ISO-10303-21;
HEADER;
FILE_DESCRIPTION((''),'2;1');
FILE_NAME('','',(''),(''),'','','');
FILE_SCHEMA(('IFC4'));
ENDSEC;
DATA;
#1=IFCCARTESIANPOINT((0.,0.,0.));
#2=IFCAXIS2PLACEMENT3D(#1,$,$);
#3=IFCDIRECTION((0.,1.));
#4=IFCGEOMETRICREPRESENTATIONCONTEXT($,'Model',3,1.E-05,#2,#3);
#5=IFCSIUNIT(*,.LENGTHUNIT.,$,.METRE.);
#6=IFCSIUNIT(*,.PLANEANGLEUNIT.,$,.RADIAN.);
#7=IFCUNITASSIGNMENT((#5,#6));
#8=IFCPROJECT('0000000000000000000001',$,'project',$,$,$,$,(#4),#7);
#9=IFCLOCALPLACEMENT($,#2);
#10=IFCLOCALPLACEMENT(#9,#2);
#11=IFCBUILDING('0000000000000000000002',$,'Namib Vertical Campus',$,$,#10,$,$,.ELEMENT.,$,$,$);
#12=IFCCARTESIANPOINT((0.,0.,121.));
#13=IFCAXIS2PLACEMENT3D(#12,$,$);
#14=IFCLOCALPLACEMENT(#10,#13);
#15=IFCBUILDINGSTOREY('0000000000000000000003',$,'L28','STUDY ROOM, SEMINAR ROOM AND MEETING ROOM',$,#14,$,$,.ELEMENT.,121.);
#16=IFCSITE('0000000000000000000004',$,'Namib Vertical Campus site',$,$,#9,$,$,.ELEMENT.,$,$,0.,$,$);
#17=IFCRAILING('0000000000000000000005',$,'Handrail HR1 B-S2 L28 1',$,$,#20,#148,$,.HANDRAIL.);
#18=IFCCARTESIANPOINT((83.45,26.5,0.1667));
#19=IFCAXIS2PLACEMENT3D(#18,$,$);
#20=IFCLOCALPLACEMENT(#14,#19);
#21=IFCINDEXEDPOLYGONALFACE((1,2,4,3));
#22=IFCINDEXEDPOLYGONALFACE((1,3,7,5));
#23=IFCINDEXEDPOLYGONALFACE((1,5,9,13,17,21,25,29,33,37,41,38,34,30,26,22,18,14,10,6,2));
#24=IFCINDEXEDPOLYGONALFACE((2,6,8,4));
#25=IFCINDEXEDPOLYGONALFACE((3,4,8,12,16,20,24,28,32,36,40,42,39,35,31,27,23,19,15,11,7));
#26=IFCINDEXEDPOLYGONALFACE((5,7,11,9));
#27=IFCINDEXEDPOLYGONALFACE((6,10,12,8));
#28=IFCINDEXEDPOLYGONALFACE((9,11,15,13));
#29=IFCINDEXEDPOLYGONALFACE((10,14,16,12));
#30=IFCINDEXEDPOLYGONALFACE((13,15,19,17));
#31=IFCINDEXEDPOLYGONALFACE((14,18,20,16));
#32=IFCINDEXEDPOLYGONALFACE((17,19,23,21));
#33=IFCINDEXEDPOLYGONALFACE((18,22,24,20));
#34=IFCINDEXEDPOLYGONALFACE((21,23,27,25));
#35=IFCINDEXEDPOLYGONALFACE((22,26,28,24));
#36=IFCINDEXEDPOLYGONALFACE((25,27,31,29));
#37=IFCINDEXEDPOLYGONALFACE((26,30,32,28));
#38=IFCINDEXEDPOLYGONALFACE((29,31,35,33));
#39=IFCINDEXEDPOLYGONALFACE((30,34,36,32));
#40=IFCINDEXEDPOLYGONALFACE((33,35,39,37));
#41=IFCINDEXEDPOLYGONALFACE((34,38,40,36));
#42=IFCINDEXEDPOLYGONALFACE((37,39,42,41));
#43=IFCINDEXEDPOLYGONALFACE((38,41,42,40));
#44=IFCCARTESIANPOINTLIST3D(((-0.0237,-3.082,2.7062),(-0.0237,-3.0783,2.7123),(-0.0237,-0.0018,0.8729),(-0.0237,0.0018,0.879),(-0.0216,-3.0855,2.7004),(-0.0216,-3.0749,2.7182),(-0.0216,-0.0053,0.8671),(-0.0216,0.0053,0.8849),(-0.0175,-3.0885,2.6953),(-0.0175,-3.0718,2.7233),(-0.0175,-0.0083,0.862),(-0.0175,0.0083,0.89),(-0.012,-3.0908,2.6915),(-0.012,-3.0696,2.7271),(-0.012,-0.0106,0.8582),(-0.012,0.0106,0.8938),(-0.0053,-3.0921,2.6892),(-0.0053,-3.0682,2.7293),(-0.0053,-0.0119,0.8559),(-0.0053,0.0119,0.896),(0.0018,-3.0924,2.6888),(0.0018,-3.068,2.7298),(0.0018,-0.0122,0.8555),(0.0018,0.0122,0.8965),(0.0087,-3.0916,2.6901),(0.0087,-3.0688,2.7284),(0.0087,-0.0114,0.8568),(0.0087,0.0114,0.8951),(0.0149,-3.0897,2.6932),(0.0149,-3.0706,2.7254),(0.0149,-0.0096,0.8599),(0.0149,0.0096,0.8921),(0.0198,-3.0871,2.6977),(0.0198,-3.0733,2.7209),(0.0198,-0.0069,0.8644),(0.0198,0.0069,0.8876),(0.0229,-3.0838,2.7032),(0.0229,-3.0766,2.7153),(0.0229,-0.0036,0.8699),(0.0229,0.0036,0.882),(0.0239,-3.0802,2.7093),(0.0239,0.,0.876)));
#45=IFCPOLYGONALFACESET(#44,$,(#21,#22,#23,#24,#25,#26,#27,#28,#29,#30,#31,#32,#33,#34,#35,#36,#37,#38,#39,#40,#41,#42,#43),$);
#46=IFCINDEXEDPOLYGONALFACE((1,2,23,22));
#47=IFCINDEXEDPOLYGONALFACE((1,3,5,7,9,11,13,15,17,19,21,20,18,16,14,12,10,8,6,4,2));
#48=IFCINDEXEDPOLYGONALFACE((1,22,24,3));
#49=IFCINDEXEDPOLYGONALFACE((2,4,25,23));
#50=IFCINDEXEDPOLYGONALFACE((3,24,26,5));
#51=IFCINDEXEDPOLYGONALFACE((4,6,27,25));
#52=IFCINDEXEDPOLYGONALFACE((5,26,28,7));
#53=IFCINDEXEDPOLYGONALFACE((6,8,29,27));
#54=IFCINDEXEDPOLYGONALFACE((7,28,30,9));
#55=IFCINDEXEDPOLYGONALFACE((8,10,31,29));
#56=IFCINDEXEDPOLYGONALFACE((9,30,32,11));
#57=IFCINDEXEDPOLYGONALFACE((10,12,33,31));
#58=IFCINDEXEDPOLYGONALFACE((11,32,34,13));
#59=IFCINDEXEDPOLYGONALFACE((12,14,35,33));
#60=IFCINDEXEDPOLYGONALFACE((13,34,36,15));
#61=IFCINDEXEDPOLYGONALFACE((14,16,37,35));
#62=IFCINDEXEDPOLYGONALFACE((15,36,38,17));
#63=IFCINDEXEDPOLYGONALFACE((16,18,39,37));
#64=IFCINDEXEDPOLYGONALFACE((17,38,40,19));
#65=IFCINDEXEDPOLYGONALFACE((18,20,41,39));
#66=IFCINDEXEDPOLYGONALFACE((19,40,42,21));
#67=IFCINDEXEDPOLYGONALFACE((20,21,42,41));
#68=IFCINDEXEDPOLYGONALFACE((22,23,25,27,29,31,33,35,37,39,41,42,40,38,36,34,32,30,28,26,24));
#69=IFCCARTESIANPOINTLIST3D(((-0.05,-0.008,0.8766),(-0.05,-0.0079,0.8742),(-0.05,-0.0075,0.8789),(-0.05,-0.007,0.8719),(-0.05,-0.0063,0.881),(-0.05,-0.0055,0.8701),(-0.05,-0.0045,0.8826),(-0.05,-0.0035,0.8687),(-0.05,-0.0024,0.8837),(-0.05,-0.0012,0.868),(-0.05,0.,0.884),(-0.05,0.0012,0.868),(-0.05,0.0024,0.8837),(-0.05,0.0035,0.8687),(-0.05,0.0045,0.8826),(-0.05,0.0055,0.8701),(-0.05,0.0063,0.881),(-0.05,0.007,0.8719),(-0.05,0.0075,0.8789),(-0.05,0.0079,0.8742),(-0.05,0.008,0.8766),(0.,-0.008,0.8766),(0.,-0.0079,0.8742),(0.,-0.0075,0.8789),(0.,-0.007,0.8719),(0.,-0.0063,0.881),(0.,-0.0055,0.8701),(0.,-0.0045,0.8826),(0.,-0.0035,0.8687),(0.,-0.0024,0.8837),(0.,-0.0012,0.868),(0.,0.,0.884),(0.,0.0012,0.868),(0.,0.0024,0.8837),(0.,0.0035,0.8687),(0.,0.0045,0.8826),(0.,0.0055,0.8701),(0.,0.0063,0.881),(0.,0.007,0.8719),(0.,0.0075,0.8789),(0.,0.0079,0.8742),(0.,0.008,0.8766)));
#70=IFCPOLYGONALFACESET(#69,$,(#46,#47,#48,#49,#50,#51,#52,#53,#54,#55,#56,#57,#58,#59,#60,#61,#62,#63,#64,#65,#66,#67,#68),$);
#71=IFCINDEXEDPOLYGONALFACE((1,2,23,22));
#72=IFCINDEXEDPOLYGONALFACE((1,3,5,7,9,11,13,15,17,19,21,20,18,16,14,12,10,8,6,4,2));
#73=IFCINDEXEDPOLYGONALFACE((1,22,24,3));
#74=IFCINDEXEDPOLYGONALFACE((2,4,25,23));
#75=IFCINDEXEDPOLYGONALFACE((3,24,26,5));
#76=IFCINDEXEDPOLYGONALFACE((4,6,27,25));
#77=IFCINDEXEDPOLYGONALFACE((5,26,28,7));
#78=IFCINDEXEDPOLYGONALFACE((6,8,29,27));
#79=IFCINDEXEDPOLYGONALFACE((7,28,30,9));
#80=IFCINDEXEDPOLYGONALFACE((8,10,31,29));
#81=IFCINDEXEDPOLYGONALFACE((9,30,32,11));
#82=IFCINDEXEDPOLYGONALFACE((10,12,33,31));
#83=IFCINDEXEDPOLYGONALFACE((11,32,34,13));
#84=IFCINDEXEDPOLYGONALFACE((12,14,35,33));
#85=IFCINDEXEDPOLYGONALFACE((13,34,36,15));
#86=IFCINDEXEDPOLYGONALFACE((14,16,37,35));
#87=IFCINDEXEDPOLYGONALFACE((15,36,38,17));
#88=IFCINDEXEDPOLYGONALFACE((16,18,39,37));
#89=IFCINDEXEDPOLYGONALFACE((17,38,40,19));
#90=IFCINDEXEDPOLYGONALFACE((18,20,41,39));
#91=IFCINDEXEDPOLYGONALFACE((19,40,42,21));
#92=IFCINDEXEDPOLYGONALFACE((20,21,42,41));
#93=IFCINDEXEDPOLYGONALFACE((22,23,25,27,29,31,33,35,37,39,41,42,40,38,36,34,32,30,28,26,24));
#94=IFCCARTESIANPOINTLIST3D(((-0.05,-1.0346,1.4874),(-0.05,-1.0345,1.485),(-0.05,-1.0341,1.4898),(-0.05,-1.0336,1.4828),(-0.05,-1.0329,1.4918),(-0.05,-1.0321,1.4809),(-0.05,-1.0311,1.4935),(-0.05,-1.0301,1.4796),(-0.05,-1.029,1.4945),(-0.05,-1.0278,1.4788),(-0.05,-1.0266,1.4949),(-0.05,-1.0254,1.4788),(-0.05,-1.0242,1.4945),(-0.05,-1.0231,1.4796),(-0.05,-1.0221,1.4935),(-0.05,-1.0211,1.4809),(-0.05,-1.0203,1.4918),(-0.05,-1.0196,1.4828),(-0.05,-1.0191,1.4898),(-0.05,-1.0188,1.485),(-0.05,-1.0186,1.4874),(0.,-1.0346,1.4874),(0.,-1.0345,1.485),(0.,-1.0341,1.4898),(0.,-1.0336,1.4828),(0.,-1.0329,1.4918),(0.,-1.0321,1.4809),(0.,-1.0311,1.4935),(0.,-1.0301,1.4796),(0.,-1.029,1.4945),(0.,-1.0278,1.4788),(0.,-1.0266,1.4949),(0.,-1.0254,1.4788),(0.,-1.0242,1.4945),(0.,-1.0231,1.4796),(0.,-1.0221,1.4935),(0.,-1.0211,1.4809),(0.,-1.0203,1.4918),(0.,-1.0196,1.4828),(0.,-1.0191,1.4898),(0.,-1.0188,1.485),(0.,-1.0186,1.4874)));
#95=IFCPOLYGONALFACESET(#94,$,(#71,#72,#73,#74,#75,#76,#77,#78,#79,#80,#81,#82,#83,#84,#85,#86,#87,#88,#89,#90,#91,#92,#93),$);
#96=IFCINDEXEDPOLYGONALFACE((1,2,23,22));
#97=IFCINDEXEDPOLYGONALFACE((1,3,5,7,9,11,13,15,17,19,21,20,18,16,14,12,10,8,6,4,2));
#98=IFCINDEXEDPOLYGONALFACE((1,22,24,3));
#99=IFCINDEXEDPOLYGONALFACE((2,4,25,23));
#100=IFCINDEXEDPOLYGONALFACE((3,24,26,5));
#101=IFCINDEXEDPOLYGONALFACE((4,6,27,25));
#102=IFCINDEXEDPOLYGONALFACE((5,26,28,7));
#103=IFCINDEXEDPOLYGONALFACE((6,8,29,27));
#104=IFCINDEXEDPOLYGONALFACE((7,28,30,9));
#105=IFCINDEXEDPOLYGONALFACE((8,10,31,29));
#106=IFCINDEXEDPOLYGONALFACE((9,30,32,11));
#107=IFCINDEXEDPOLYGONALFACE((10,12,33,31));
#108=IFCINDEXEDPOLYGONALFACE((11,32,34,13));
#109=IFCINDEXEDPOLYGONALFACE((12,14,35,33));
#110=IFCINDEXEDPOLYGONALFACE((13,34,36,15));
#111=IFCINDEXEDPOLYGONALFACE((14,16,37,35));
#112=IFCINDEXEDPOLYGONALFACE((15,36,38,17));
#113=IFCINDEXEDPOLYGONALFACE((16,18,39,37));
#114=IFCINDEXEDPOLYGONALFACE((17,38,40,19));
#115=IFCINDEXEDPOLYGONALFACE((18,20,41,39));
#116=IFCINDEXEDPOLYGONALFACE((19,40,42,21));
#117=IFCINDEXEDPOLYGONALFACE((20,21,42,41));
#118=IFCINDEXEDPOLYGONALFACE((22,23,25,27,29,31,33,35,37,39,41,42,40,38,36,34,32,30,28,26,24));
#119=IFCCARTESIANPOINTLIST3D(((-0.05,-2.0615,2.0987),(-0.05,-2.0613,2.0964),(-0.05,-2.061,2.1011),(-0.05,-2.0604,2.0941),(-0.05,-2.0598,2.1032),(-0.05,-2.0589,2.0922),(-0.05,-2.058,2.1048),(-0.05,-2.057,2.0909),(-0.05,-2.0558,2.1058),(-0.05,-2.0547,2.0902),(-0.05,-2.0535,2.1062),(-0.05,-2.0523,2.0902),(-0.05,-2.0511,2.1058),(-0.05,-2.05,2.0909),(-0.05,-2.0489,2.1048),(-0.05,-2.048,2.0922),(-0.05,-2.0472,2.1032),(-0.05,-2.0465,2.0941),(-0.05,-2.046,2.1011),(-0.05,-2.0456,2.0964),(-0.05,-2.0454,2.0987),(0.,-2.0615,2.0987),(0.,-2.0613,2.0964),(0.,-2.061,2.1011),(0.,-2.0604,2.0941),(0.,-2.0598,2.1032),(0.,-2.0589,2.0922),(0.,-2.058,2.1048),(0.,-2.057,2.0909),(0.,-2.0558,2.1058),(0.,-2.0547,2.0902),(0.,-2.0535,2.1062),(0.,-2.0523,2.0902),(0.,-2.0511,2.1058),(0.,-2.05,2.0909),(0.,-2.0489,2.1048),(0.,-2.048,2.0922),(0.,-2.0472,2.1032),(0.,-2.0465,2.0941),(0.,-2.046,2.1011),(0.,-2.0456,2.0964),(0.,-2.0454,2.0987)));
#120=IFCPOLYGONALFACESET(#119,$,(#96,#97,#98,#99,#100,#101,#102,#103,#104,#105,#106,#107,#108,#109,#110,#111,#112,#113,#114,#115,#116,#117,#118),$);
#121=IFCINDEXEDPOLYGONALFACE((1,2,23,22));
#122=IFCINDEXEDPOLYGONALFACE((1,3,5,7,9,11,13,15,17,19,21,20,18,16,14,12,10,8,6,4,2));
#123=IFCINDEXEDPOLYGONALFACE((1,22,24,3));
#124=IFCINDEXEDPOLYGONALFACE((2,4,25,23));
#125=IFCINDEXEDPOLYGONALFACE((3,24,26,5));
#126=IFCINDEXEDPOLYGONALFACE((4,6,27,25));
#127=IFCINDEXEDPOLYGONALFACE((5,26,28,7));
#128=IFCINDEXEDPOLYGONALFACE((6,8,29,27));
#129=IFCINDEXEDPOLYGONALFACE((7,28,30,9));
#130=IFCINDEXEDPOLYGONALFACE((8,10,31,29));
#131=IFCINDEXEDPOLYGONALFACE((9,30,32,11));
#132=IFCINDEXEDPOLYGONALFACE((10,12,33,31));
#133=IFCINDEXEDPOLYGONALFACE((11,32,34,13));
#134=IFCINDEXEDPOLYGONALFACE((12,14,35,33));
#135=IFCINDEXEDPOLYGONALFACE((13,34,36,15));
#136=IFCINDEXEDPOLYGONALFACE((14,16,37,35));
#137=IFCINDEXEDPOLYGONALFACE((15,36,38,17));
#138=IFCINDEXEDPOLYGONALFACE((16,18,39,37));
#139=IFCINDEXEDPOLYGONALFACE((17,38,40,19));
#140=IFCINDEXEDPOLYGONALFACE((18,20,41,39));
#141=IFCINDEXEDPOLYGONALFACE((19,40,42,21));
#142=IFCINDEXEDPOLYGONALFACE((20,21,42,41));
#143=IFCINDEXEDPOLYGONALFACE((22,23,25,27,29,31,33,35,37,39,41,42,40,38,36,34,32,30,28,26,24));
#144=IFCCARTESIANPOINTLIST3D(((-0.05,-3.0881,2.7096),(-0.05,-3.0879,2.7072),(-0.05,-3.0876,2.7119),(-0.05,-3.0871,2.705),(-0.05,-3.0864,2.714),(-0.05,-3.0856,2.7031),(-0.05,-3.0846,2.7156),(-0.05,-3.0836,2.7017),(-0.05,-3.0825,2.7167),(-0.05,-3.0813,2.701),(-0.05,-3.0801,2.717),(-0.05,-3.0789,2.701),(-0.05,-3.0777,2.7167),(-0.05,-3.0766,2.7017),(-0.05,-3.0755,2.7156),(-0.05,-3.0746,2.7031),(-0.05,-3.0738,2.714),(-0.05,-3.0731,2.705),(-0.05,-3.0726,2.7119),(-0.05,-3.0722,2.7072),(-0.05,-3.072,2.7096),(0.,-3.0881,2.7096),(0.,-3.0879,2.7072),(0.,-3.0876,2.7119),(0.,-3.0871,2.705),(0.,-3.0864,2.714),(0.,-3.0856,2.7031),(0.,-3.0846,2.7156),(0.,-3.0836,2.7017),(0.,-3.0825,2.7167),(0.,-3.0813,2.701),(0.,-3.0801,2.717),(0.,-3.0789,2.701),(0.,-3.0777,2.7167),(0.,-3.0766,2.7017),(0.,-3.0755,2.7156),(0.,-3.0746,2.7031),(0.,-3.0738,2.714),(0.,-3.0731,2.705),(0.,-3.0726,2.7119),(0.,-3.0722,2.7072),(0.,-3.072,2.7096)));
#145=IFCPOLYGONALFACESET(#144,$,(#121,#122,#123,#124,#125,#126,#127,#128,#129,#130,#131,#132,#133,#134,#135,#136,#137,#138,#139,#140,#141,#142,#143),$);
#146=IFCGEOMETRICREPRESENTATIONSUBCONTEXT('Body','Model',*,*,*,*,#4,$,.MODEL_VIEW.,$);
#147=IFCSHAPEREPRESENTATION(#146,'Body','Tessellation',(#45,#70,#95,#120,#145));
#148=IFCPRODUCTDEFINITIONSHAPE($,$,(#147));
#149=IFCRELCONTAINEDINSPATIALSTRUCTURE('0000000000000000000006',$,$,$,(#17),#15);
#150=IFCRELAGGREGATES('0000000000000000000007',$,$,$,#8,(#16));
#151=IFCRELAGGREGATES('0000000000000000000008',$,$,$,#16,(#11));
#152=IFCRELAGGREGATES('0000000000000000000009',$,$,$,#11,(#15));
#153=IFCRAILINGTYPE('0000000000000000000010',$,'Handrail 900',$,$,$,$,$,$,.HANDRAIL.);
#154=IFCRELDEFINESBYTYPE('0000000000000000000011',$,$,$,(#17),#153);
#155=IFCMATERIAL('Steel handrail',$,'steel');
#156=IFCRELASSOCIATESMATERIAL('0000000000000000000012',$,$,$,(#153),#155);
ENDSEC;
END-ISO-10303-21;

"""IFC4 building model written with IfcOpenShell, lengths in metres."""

from ifc_helpers import new_model, si_unit, direction, frame, origin, origin_2d, place, context, subcontext, project, spatial, circle, extrude, material, type_object, element, save


model = new_model("IFC4")

# Units and contexts
model_context = context("Model", 3, precision=1e-05, world=origin(), true_north=direction((0.0, 1.0)))
body_context = subcontext(model_context, "Body", "Model", "MODEL_VIEW")
ifc_project = project(units=[si_unit("LENGTHUNIT", "METRE"), si_unit("PLANEANGLEUNIT", "RADIAN")], contexts=[model_context])

# Site, building, storey
site_placement = place(None, origin())
site = spatial("IfcSite", under=ifc_project, at=site_placement, Name="Namib Vertical Campus site", CompositionType="ELEMENT", RefElevation=0.0)
building_placement = place(site_placement, origin())
building = spatial("IfcBuilding", under=site, at=building_placement, Name="Namib Vertical Campus", CompositionType="ELEMENT")
storey_placement = place(building_placement, frame((0.0, 0.0, 121.0)))
storey = spatial("IfcBuildingStorey", under=building, at=storey_placement, Name="L28", Description="STUDY ROOM, SEMINAR ROOM AND MEETING ROOM", CompositionType="ELEMENT", Elevation=121.0)

# Railing
ifc_material_1 = material(Name="Steel handrail", Category="steel")
railing_type_1 = type_object("IfcRailingType", Name="Handrail 900", PredefinedType="HANDRAIL", material=ifc_material_1)
railing_1_placement = place(storey_placement, frame((83.45, 26.5, 0.1667)))
element("IfcRailing", 1, at=railing_1_placement, inside=storey, type_object=railing_type_1, Name="Handrail HR1 B-S2 L28 1", PredefinedType="HANDRAIL", context=body_context, shape_type="SweptSolid", body=[
    extrude(circle(Radius=0.0239, at=origin_2d()), frame((0.0, 0.0, 0.876), z_axis=(0.0, -0.859309, 0.511458), x_axis=(1.0, 0.0, 0.0)), (0.0, 0.0, 1.0), 3.5845),
    extrude(circle(Radius=0.0081, at=origin_2d()), frame((0.0, 0.0, 0.876), z_axis=(-1.0, 0.0, 0.0), x_axis=(0.0, 0.0, 1.0)), (0.0, 0.0, 1.0), 0.05),
    extrude(circle(Radius=0.0081, at=origin_2d()), frame((0.0, -1.0266, 1.4868), z_axis=(-1.0, 0.0, 0.0), x_axis=(0.0, 0.0, 1.0)), (0.0, 0.0, 1.0), 0.05),
    extrude(circle(Radius=0.0081, at=origin_2d()), frame((0.0, -2.0535, 2.0981), z_axis=(-1.0, 0.0, 0.0), x_axis=(0.0, 0.0, 1.0)), (0.0, 0.0, 1.0), 0.05),
    extrude(circle(Radius=0.0081, at=origin_2d()), frame((0.0, -3.0801, 2.709), z_axis=(-1.0, 0.0, 0.0), x_axis=(0.0, 0.0, 1.0)), (0.0, 0.0, 1.0), 0.05),
])

save(model, "model.ifc")
